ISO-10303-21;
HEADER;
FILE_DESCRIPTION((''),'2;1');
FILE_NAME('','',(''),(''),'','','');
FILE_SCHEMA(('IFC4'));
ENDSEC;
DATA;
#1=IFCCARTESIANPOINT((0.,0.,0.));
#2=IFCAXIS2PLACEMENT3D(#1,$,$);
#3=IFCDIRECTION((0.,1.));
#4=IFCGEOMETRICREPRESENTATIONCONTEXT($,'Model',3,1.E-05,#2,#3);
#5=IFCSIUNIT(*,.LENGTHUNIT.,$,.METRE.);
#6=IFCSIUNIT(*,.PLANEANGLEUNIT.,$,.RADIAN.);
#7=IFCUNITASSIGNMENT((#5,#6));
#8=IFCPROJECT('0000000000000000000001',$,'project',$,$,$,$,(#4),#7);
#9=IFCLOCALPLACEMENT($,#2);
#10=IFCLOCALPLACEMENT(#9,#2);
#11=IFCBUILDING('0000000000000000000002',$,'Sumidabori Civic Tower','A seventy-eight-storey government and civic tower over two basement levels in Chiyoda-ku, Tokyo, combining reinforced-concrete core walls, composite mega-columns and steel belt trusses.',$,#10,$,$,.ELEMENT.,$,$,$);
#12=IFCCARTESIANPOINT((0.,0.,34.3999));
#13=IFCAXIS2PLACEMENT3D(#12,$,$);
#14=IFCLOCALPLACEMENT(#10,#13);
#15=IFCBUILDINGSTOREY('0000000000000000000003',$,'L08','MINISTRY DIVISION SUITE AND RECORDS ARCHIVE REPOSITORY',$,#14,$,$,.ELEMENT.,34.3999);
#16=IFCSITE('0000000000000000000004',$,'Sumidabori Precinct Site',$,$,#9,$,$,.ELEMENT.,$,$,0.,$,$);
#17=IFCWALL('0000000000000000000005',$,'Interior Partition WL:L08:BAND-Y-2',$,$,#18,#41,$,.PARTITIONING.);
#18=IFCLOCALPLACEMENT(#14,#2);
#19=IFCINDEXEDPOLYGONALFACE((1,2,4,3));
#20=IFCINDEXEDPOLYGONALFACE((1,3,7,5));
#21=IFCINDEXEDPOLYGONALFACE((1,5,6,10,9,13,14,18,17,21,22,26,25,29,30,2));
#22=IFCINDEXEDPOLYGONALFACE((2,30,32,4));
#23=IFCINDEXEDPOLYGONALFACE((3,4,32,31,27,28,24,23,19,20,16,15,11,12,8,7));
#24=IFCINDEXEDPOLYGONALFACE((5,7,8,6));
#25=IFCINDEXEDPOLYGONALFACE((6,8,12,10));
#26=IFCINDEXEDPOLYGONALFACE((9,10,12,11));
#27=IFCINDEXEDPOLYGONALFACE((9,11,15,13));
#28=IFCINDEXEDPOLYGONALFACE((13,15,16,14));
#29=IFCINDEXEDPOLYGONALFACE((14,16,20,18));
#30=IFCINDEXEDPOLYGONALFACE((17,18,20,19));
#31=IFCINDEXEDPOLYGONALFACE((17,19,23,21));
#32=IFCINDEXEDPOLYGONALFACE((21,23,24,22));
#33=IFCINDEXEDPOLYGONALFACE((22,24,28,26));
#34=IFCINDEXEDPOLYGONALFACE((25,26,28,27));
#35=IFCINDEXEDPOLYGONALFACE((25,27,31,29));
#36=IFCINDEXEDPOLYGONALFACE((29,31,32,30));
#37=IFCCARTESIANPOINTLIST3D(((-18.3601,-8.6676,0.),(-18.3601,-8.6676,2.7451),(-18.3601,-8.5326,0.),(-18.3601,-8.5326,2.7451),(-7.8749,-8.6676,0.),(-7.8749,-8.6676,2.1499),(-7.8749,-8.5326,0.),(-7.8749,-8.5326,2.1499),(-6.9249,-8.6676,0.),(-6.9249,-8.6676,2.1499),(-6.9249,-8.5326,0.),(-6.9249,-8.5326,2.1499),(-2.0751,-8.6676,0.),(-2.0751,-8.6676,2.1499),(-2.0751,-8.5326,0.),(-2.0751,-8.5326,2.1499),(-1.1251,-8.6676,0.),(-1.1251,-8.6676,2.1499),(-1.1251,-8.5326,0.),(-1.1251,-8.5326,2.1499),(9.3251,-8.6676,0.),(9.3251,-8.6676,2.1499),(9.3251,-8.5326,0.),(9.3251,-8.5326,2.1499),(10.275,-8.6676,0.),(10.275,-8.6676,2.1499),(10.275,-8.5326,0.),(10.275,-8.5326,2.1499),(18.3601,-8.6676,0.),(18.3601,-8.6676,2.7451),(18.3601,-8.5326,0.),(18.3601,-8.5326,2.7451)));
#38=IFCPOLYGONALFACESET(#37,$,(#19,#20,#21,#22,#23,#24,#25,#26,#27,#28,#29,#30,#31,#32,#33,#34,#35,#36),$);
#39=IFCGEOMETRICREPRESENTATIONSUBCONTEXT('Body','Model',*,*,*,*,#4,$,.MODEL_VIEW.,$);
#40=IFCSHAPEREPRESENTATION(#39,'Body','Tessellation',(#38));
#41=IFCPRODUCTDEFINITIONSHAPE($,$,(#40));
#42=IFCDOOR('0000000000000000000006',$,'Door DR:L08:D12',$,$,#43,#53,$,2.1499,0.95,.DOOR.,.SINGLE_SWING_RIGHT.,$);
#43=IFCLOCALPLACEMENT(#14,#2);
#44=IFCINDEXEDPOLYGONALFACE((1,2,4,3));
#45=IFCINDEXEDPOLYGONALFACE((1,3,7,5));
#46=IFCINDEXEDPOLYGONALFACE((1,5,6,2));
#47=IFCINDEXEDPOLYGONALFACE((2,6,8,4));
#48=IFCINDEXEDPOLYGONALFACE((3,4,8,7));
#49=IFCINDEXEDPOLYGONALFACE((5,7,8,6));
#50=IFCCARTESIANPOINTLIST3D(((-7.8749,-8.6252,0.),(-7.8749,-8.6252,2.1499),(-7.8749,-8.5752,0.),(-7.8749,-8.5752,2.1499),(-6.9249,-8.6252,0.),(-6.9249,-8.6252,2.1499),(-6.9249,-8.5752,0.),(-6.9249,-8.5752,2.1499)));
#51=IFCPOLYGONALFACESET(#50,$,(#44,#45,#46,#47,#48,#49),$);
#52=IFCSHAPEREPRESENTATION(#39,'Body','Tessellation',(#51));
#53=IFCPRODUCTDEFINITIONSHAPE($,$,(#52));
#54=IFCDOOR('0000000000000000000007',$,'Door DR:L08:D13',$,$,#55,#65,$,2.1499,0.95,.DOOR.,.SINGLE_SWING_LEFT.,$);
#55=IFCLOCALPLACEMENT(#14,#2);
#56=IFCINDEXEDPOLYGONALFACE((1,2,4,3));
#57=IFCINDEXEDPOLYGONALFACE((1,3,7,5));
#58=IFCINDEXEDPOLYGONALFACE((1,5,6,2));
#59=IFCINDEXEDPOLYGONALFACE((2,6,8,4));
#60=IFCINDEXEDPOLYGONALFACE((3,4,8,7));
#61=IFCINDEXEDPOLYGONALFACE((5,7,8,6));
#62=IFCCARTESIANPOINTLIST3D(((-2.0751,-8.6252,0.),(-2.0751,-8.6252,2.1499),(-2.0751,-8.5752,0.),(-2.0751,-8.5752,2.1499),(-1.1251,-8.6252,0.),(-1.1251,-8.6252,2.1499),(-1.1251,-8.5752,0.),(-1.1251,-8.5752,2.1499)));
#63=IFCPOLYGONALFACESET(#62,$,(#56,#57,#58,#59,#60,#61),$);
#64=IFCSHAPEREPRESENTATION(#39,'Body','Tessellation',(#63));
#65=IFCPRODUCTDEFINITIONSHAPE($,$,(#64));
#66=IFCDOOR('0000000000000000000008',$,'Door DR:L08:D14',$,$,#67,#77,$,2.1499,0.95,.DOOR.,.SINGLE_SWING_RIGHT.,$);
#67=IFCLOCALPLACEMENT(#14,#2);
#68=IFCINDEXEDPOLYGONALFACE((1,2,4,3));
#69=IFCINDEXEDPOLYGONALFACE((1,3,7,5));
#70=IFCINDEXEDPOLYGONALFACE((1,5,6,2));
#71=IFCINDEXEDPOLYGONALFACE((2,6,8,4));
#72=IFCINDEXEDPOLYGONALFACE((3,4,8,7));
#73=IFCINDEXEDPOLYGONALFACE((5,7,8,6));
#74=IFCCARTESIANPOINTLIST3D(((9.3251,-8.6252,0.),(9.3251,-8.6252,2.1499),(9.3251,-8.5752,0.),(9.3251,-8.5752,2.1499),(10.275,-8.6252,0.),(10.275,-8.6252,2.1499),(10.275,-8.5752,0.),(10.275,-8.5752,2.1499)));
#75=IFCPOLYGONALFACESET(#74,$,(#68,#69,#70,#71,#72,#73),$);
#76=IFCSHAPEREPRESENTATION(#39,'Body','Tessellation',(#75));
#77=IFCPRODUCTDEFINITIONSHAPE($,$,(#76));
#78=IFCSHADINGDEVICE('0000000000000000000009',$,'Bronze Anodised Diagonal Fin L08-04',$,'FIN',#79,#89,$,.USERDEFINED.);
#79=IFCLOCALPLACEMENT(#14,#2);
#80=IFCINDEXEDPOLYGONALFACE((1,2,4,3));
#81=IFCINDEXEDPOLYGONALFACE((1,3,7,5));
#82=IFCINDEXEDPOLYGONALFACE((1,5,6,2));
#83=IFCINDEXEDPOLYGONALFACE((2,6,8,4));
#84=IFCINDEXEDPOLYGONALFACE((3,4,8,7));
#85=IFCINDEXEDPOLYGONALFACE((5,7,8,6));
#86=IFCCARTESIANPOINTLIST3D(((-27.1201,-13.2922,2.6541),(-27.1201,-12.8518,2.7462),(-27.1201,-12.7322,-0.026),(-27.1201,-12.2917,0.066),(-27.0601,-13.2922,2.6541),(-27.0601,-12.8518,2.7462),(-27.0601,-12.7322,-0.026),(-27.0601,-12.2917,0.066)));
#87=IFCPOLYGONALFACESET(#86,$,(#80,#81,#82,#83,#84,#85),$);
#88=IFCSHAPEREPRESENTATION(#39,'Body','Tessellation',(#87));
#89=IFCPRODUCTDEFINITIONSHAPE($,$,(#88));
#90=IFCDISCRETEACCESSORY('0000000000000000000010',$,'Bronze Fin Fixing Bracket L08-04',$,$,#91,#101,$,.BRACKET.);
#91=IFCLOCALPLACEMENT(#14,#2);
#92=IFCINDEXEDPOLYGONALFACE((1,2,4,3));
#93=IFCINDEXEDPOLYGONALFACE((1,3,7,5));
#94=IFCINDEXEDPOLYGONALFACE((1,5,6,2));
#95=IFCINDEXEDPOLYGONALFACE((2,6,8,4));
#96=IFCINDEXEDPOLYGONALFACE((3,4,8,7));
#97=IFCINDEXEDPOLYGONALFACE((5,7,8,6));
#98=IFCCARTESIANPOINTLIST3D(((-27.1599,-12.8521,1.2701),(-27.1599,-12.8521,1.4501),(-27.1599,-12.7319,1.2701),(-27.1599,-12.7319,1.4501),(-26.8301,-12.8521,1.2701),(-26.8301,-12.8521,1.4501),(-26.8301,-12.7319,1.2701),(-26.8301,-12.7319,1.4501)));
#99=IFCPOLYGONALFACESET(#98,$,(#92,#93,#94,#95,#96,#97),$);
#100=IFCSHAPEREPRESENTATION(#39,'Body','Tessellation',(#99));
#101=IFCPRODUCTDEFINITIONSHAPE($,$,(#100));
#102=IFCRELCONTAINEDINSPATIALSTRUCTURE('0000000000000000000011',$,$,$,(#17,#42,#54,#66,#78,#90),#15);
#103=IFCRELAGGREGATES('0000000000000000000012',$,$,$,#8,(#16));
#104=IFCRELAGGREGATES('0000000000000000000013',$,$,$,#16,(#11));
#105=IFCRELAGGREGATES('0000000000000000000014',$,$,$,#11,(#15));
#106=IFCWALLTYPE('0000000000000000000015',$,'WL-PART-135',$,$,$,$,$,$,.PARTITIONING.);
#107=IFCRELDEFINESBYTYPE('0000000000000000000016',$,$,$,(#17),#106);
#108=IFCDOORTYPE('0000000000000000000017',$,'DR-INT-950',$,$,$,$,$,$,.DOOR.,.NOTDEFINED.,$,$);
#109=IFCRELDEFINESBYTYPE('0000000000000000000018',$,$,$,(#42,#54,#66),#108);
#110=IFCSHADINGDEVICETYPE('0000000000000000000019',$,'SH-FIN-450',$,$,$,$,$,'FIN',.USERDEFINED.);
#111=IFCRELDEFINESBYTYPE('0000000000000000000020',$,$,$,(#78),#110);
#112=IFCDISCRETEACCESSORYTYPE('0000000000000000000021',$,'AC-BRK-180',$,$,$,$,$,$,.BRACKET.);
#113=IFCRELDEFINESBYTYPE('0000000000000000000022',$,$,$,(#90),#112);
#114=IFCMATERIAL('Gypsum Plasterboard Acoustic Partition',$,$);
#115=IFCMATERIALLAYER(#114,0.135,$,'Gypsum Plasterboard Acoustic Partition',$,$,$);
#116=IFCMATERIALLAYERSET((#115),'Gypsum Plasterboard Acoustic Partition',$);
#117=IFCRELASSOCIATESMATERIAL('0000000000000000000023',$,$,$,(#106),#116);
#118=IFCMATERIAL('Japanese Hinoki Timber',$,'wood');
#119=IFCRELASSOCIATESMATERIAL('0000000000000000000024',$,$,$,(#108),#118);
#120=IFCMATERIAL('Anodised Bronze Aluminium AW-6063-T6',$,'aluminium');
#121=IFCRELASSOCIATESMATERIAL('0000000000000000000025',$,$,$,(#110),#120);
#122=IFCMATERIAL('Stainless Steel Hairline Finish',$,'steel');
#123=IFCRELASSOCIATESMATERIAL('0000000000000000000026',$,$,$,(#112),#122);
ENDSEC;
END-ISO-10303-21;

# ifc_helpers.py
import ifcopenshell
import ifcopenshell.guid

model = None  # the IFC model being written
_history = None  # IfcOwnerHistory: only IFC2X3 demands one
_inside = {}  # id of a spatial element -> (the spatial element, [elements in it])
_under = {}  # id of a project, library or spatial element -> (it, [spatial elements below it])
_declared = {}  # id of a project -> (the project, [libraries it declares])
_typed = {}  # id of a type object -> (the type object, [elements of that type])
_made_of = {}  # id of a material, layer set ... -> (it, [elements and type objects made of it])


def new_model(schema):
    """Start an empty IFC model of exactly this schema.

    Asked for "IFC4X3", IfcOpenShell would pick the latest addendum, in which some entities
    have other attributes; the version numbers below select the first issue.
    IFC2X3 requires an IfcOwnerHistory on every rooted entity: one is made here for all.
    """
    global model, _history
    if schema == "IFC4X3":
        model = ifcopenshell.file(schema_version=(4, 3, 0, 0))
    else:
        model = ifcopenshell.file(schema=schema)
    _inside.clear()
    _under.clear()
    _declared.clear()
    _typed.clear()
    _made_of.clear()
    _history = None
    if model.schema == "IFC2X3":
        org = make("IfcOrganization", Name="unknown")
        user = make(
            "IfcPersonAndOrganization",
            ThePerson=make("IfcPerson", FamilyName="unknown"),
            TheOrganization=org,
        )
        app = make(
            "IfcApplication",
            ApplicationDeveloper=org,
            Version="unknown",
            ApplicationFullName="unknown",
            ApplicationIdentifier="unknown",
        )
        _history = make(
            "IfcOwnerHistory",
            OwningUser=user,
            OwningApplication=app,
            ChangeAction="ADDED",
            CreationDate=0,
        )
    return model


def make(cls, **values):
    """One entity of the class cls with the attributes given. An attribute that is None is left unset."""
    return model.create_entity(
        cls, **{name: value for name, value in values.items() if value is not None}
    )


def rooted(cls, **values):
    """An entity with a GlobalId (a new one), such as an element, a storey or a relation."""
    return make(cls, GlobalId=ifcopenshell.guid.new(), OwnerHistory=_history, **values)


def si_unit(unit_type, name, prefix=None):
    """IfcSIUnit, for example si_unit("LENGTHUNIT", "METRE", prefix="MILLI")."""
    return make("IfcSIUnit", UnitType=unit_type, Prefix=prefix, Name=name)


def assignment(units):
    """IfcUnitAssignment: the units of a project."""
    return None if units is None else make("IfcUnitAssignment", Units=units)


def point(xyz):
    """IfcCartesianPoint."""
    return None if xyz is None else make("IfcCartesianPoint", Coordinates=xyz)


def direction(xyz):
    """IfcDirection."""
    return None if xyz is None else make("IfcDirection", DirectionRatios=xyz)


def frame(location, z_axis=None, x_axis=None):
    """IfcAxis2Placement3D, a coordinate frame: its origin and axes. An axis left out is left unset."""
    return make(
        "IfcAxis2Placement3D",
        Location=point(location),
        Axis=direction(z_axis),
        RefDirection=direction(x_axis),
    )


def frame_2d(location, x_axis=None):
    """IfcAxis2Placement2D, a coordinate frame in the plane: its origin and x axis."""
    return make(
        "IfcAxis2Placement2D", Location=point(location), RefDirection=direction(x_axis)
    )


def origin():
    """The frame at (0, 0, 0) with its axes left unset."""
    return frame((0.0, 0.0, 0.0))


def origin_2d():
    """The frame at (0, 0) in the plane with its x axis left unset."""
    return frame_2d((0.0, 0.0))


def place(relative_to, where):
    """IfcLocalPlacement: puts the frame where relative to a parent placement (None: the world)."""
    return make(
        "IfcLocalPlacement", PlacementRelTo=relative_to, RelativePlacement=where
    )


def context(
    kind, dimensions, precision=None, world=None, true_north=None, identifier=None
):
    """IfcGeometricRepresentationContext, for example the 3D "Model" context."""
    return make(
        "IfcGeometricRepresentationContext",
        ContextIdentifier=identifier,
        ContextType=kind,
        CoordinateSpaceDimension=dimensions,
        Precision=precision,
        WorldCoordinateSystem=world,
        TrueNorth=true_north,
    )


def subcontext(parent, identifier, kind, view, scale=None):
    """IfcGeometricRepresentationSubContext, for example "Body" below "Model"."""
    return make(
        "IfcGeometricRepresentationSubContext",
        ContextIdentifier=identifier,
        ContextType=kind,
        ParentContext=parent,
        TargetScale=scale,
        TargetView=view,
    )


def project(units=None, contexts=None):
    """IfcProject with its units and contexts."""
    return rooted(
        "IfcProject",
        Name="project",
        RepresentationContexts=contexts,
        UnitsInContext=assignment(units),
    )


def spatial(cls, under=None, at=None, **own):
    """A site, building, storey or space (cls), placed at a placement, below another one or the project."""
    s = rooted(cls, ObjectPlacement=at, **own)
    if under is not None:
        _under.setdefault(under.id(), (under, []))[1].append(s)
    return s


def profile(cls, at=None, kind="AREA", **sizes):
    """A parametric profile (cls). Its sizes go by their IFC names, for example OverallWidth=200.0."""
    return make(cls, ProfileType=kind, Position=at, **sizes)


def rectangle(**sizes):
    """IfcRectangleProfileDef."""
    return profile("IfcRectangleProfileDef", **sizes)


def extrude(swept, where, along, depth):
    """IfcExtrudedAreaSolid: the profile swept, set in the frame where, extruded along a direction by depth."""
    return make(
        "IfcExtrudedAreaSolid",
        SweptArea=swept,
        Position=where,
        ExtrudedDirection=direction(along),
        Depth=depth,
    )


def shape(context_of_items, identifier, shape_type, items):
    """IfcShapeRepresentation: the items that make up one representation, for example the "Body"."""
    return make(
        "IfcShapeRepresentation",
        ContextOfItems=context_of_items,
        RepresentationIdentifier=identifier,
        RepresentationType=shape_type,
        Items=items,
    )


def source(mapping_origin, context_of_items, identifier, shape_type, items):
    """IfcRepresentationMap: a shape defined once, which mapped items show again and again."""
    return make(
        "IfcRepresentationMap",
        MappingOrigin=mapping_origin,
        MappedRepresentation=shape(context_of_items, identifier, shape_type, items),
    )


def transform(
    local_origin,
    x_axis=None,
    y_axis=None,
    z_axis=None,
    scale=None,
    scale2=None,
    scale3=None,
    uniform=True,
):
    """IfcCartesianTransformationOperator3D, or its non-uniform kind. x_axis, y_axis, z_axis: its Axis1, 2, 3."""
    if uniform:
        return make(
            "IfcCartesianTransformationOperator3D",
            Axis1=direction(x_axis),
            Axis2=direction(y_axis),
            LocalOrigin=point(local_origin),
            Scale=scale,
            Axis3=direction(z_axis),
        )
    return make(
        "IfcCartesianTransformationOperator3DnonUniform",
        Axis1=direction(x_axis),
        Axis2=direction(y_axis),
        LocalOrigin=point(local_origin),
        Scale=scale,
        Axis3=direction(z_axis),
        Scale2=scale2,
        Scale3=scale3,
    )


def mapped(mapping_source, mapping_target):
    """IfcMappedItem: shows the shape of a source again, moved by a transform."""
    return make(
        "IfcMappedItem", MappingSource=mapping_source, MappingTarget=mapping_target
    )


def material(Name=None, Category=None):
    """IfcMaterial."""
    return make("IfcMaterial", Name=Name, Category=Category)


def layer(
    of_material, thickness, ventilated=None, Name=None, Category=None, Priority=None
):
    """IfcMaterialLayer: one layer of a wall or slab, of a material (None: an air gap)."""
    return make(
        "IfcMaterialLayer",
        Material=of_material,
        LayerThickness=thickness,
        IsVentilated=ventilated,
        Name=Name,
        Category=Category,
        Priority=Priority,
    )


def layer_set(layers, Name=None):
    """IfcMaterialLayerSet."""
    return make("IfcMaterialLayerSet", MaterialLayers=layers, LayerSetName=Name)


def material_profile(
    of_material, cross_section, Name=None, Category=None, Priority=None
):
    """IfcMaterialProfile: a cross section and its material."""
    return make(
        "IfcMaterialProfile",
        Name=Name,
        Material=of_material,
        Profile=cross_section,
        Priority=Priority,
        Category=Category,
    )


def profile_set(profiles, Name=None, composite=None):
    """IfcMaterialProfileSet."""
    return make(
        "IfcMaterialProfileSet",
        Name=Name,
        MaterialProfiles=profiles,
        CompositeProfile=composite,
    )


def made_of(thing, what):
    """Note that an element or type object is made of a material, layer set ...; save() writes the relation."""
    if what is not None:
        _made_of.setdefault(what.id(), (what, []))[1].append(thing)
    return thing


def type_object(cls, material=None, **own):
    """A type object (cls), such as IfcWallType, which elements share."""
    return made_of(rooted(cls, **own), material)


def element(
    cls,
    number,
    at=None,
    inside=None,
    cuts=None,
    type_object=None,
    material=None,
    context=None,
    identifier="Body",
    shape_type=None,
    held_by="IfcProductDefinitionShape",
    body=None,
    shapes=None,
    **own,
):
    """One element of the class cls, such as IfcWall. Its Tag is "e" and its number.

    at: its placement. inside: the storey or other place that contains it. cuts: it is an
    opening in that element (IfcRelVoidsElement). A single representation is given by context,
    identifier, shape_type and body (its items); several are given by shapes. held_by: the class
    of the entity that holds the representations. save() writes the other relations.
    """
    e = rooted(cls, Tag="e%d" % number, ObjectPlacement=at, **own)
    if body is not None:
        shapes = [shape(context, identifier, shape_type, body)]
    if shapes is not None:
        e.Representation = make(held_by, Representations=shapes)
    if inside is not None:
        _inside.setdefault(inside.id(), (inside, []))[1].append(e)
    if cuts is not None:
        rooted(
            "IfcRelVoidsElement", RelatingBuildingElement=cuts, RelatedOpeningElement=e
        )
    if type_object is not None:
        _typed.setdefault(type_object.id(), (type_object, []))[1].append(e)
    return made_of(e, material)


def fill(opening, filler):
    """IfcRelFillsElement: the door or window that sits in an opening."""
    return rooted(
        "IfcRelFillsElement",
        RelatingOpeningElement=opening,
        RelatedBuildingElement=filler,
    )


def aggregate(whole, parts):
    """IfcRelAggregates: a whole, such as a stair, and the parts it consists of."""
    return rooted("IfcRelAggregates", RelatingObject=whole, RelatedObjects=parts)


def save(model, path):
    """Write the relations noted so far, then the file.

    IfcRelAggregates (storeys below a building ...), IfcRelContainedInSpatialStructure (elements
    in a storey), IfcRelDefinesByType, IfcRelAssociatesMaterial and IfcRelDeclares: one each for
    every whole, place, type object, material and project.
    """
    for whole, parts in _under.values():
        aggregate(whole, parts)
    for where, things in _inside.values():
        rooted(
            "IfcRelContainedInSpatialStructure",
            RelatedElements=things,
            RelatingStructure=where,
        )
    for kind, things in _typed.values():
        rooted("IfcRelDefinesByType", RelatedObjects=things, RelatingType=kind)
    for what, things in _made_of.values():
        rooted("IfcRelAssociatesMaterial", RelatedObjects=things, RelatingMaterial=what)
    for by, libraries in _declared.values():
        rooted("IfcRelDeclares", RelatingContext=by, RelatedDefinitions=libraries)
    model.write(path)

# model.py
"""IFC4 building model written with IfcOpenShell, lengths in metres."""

from ifc_helpers import new_model, si_unit, direction, frame, frame_2d, origin, origin_2d, place, context, subcontext, project, spatial, rectangle, extrude, source, transform, mapped, material, layer, layer_set, material_profile, profile_set, type_object, element, fill, save


model = new_model("IFC4")

# Units and contexts
model_context = context("Model", 3, precision=1e-05, world=origin(), true_north=direction((0.0, 1.0)))
body_context = subcontext(model_context, "Body", "Model", "MODEL_VIEW")
ifc_project = project(units=[si_unit("LENGTHUNIT", "METRE"), si_unit("PLANEANGLEUNIT", "RADIAN")], contexts=[model_context])

# Site, building, storey
site_placement = place(None, origin())
site = spatial("IfcSite", under=ifc_project, at=site_placement, Name="Sumidabori Precinct Site", CompositionType="ELEMENT", RefElevation=0.0)
building_placement = place(site_placement, origin())
building = spatial("IfcBuilding", under=site, at=building_placement, Name="Sumidabori Civic Tower", Description="A seventy-eight-storey government and civic tower over two basement levels in Chiyoda-ku, Tokyo, combining reinforced-concrete core walls, composite mega-columns and steel belt trusses.", CompositionType="ELEMENT")
storey_placement = place(building_placement, frame((0.0, 0.0, 34.3999)))
storey = spatial("IfcBuildingStorey", under=building, at=storey_placement, Name="L08", Description="MINISTRY DIVISION SUITE AND RECORDS ARCHIVE REPOSITORY", CompositionType="ELEMENT", Elevation=34.3999)

# Shared definitions
ifc_material_1 = material(Name="Anodised Bronze Aluminium AW-6063-T6", Category="aluminium")

# Shared definitions
ifc_material_2 = material(Name="Gypsum Plasterboard Acoustic Partition")
ifc_layer_1 = layer(ifc_material_2, 0.135, Name="Gypsum Plasterboard Acoustic Partition")
ifc_layer_set_1 = layer_set([ifc_layer_1], Name="Gypsum Plasterboard Acoustic Partition")
wall_type = type_object("IfcWallType", Name="WL-PART-135", PredefinedType="PARTITIONING", material=ifc_layer_set_1)

# Wall, openings, doors
shared_shape_1 = source(origin(), body_context, "Body", "SweptSolid", [
    extrude(rectangle(XDim=36.7202, YDim=0.135, at=frame_2d((18.3601, 0.0))), origin(), (0.0, 0.0, 1.0), 2.7451),
])
wall_1_placement = place(storey_placement, frame((-18.3601, -8.6001, 0.0), z_axis=(0.0, 0.0, 1.0), x_axis=(1.0, 0.0, 0.0)))
wall_1 = element("IfcWall", 1, at=wall_1_placement, inside=storey, type_object=wall_type, Name="Interior Partition WL:L08:BAND-Y-2", PredefinedType="PARTITIONING", context=body_context, shape_type="MappedRepresentation", body=[
    mapped(shared_shape_1, transform((0.0, 0.0, 0.0), x_axis=(1.0, 0.0, 0.0), y_axis=(0.0, 1.0, 0.0), z_axis=(0.0, 0.0, 1.0), scale=1.0)),
])
opening_1_placement = place(wall_1_placement, frame((10.4851, 0.0, 0.0)))
opening_1 = element("IfcOpeningElement", 2, at=opening_1_placement, cuts=wall_1, PredefinedType="OPENING", context=body_context, shape_type="SweptSolid", body=[
    extrude(rectangle(XDim=0.95, YDim=2.1499, at=frame_2d((0.4751, 1.075))), frame((0.0, 0.0796, 0.0), z_axis=(0.0, -1.0, 0.0), x_axis=(1.0, 0.0, 0.0)), (0.0, 0.0, 1.0), 0.1589),
])
opening_2_placement = place(wall_1_placement, frame((16.2849, 0.0, 0.0)))
opening_2 = element("IfcOpeningElement", 3, at=opening_2_placement, cuts=wall_1, PredefinedType="OPENING", context=body_context, shape_type="SweptSolid", body=[
    extrude(rectangle(XDim=0.95, YDim=2.1499, at=frame_2d((0.4751, 1.075))), frame((0.0, 0.0796, 0.0), z_axis=(0.0, -1.0, 0.0), x_axis=(1.0, 0.0, 0.0)), (0.0, 0.0, 1.0), 0.1589),
])
opening_3_placement = place(wall_1_placement, frame((27.6851, 0.0, 0.0)))
opening_3 = element("IfcOpeningElement", 4, at=opening_3_placement, cuts=wall_1, PredefinedType="OPENING", context=body_context, shape_type="SweptSolid", body=[
    extrude(rectangle(XDim=0.95, YDim=2.1499, at=frame_2d((0.4751, 1.075))), frame((0.0, 0.0796, 0.0), z_axis=(0.0, -1.0, 0.0), x_axis=(1.0, 0.0, 0.0)), (0.0, 0.0, 1.0), 0.1589),
])
ifc_material_3 = material(Name="Japanese Hinoki Timber", Category="wood")
door_type = type_object("IfcDoorType", Name="DR-INT-950", OperationType="NOTDEFINED", PredefinedType="DOOR", material=ifc_material_3)
shared_shape_2 = source(origin(), body_context, "Body", "SweptSolid", [
    extrude(rectangle(XDim=0.95, YDim=2.1499, at=frame_2d((0.4751, 1.075))), frame((0.0, 0.0249, 0.0), z_axis=(0.0, -1.0, 0.0), x_axis=(1.0, 0.0, 0.0)), (0.0, 0.0, 1.0), 0.05),
])
door_1_placement = place(opening_1_placement, origin())
door_1 = element("IfcDoor", 5, at=door_1_placement, inside=storey, type_object=door_type, Name="Door DR:L08:D12", OperationType="SINGLE_SWING_RIGHT", OverallHeight=2.1499, OverallWidth=0.95, PredefinedType="DOOR", context=body_context, shape_type="MappedRepresentation", body=[
    mapped(shared_shape_2, transform((0.0, 0.0, 0.0), x_axis=(1.0, 0.0, 0.0), y_axis=(0.0, 1.0, 0.0), z_axis=(0.0, 0.0, 1.0), scale=1.0)),
])
fill(opening_1, door_1)
door_2_placement = place(opening_2_placement, origin())
door_2 = element("IfcDoor", 6, at=door_2_placement, inside=storey, type_object=door_type, Name="Door DR:L08:D13", OperationType="SINGLE_SWING_LEFT", OverallHeight=2.1499, OverallWidth=0.95, PredefinedType="DOOR", context=body_context, shape_type="MappedRepresentation", body=[
    mapped(shared_shape_2, transform((0.0, 0.0, 0.0), x_axis=(1.0, 0.0, 0.0), y_axis=(0.0, 1.0, 0.0), z_axis=(0.0, 0.0, 1.0), scale=1.0)),
])
fill(opening_2, door_2)
door_3_placement = place(opening_3_placement, origin())
door_3 = element("IfcDoor", 7, at=door_3_placement, inside=storey, type_object=door_type, Name="Door DR:L08:D14", OperationType="SINGLE_SWING_RIGHT", OverallHeight=2.1499, OverallWidth=0.95, PredefinedType="DOOR", context=body_context, shape_type="MappedRepresentation", body=[
    mapped(shared_shape_2, transform((0.0, 0.0, 0.0), x_axis=(1.0, 0.0, 0.0), y_axis=(0.0, 1.0, 0.0), z_axis=(0.0, 0.0, 1.0), scale=1.0)),
])
fill(opening_3, door_3)

# Shading device
ifc_material_profile_1 = material_profile(ifc_material_1, rectangle(XDim=0.0601, YDim=0.45, at=origin_2d()), Name="BRONZE FIN 450x60")
ifc_profile_set_1 = profile_set([ifc_material_profile_1], Name="Anodised Bronze Aluminium AW-6063-T6")
shading_device_type = type_object("IfcShadingDeviceType", Name="SH-FIN-450", ElementType="FIN", PredefinedType="USERDEFINED", material=ifc_profile_set_1)
shared_shape_3 = source(origin(), body_context, "Body", "SweptSolid", [
    extrude(rectangle(XDim=0.0601, YDim=0.45, at=origin_2d()), origin(), (0.0, 0.0, 1.0), 2.738),
])
shading_device_placement = place(storey_placement, frame((-27.0901, -12.512, 0.02), z_axis=(0.0, -0.204545, 0.978857), x_axis=(-1.0, 0.0, 0.0)))
element("IfcShadingDevice", 8, at=shading_device_placement, inside=storey, type_object=shading_device_type, Name="Bronze Anodised Diagonal Fin L08-04", ObjectType="FIN", PredefinedType="USERDEFINED", context=body_context, shape_type="MappedRepresentation", body=[
    mapped(shared_shape_3, transform((0.0, 0.0, 0.0), x_axis=(1.0, 0.0, 0.0), y_axis=(0.0, 1.0, 0.0), z_axis=(0.0, 0.0, 1.0), scale=1.0)),
])

# Discrete accessory
ifc_material_4 = material(Name="Stainless Steel Hairline Finish", Category="steel")
ifc_material_profile_2 = material_profile(ifc_material_4, rectangle(XDim=0.1201, YDim=0.1799, at=origin_2d()), Name="STEEL BRACKET 180x120")
ifc_profile_set_2 = profile_set([ifc_material_profile_2], Name="Stainless Steel Hairline Finish")
discrete_accessory_type = type_object("IfcDiscreteAccessoryType", Name="AC-BRK-180", PredefinedType="BRACKET", material=ifc_profile_set_2)
shared_shape_4 = source(origin(), body_context, "Body", "SweptSolid", [
    extrude(rectangle(XDim=0.1201, YDim=0.1799, at=origin_2d()), origin(), (0.0, 0.0, 1.0), 0.3298),
])
discrete_accessory_placement = place(storey_placement, frame((-26.8301, -12.792, 1.3601), z_axis=(-1.0, 0.0, 0.0), x_axis=(0.0, -1.0, 0.0)))
element("IfcDiscreteAccessory", 9, at=discrete_accessory_placement, inside=storey, type_object=discrete_accessory_type, Name="Bronze Fin Fixing Bracket L08-04", PredefinedType="BRACKET", context=body_context, shape_type="MappedRepresentation", body=[
    mapped(shared_shape_4, transform((0.0, 0.0, 0.0), x_axis=(1.0, 0.0, 0.0), y_axis=(0.0, 1.0, 0.0), z_axis=(0.0, 0.0, 1.0), scale=1.0)),
])

save(model, "model.ifc")
